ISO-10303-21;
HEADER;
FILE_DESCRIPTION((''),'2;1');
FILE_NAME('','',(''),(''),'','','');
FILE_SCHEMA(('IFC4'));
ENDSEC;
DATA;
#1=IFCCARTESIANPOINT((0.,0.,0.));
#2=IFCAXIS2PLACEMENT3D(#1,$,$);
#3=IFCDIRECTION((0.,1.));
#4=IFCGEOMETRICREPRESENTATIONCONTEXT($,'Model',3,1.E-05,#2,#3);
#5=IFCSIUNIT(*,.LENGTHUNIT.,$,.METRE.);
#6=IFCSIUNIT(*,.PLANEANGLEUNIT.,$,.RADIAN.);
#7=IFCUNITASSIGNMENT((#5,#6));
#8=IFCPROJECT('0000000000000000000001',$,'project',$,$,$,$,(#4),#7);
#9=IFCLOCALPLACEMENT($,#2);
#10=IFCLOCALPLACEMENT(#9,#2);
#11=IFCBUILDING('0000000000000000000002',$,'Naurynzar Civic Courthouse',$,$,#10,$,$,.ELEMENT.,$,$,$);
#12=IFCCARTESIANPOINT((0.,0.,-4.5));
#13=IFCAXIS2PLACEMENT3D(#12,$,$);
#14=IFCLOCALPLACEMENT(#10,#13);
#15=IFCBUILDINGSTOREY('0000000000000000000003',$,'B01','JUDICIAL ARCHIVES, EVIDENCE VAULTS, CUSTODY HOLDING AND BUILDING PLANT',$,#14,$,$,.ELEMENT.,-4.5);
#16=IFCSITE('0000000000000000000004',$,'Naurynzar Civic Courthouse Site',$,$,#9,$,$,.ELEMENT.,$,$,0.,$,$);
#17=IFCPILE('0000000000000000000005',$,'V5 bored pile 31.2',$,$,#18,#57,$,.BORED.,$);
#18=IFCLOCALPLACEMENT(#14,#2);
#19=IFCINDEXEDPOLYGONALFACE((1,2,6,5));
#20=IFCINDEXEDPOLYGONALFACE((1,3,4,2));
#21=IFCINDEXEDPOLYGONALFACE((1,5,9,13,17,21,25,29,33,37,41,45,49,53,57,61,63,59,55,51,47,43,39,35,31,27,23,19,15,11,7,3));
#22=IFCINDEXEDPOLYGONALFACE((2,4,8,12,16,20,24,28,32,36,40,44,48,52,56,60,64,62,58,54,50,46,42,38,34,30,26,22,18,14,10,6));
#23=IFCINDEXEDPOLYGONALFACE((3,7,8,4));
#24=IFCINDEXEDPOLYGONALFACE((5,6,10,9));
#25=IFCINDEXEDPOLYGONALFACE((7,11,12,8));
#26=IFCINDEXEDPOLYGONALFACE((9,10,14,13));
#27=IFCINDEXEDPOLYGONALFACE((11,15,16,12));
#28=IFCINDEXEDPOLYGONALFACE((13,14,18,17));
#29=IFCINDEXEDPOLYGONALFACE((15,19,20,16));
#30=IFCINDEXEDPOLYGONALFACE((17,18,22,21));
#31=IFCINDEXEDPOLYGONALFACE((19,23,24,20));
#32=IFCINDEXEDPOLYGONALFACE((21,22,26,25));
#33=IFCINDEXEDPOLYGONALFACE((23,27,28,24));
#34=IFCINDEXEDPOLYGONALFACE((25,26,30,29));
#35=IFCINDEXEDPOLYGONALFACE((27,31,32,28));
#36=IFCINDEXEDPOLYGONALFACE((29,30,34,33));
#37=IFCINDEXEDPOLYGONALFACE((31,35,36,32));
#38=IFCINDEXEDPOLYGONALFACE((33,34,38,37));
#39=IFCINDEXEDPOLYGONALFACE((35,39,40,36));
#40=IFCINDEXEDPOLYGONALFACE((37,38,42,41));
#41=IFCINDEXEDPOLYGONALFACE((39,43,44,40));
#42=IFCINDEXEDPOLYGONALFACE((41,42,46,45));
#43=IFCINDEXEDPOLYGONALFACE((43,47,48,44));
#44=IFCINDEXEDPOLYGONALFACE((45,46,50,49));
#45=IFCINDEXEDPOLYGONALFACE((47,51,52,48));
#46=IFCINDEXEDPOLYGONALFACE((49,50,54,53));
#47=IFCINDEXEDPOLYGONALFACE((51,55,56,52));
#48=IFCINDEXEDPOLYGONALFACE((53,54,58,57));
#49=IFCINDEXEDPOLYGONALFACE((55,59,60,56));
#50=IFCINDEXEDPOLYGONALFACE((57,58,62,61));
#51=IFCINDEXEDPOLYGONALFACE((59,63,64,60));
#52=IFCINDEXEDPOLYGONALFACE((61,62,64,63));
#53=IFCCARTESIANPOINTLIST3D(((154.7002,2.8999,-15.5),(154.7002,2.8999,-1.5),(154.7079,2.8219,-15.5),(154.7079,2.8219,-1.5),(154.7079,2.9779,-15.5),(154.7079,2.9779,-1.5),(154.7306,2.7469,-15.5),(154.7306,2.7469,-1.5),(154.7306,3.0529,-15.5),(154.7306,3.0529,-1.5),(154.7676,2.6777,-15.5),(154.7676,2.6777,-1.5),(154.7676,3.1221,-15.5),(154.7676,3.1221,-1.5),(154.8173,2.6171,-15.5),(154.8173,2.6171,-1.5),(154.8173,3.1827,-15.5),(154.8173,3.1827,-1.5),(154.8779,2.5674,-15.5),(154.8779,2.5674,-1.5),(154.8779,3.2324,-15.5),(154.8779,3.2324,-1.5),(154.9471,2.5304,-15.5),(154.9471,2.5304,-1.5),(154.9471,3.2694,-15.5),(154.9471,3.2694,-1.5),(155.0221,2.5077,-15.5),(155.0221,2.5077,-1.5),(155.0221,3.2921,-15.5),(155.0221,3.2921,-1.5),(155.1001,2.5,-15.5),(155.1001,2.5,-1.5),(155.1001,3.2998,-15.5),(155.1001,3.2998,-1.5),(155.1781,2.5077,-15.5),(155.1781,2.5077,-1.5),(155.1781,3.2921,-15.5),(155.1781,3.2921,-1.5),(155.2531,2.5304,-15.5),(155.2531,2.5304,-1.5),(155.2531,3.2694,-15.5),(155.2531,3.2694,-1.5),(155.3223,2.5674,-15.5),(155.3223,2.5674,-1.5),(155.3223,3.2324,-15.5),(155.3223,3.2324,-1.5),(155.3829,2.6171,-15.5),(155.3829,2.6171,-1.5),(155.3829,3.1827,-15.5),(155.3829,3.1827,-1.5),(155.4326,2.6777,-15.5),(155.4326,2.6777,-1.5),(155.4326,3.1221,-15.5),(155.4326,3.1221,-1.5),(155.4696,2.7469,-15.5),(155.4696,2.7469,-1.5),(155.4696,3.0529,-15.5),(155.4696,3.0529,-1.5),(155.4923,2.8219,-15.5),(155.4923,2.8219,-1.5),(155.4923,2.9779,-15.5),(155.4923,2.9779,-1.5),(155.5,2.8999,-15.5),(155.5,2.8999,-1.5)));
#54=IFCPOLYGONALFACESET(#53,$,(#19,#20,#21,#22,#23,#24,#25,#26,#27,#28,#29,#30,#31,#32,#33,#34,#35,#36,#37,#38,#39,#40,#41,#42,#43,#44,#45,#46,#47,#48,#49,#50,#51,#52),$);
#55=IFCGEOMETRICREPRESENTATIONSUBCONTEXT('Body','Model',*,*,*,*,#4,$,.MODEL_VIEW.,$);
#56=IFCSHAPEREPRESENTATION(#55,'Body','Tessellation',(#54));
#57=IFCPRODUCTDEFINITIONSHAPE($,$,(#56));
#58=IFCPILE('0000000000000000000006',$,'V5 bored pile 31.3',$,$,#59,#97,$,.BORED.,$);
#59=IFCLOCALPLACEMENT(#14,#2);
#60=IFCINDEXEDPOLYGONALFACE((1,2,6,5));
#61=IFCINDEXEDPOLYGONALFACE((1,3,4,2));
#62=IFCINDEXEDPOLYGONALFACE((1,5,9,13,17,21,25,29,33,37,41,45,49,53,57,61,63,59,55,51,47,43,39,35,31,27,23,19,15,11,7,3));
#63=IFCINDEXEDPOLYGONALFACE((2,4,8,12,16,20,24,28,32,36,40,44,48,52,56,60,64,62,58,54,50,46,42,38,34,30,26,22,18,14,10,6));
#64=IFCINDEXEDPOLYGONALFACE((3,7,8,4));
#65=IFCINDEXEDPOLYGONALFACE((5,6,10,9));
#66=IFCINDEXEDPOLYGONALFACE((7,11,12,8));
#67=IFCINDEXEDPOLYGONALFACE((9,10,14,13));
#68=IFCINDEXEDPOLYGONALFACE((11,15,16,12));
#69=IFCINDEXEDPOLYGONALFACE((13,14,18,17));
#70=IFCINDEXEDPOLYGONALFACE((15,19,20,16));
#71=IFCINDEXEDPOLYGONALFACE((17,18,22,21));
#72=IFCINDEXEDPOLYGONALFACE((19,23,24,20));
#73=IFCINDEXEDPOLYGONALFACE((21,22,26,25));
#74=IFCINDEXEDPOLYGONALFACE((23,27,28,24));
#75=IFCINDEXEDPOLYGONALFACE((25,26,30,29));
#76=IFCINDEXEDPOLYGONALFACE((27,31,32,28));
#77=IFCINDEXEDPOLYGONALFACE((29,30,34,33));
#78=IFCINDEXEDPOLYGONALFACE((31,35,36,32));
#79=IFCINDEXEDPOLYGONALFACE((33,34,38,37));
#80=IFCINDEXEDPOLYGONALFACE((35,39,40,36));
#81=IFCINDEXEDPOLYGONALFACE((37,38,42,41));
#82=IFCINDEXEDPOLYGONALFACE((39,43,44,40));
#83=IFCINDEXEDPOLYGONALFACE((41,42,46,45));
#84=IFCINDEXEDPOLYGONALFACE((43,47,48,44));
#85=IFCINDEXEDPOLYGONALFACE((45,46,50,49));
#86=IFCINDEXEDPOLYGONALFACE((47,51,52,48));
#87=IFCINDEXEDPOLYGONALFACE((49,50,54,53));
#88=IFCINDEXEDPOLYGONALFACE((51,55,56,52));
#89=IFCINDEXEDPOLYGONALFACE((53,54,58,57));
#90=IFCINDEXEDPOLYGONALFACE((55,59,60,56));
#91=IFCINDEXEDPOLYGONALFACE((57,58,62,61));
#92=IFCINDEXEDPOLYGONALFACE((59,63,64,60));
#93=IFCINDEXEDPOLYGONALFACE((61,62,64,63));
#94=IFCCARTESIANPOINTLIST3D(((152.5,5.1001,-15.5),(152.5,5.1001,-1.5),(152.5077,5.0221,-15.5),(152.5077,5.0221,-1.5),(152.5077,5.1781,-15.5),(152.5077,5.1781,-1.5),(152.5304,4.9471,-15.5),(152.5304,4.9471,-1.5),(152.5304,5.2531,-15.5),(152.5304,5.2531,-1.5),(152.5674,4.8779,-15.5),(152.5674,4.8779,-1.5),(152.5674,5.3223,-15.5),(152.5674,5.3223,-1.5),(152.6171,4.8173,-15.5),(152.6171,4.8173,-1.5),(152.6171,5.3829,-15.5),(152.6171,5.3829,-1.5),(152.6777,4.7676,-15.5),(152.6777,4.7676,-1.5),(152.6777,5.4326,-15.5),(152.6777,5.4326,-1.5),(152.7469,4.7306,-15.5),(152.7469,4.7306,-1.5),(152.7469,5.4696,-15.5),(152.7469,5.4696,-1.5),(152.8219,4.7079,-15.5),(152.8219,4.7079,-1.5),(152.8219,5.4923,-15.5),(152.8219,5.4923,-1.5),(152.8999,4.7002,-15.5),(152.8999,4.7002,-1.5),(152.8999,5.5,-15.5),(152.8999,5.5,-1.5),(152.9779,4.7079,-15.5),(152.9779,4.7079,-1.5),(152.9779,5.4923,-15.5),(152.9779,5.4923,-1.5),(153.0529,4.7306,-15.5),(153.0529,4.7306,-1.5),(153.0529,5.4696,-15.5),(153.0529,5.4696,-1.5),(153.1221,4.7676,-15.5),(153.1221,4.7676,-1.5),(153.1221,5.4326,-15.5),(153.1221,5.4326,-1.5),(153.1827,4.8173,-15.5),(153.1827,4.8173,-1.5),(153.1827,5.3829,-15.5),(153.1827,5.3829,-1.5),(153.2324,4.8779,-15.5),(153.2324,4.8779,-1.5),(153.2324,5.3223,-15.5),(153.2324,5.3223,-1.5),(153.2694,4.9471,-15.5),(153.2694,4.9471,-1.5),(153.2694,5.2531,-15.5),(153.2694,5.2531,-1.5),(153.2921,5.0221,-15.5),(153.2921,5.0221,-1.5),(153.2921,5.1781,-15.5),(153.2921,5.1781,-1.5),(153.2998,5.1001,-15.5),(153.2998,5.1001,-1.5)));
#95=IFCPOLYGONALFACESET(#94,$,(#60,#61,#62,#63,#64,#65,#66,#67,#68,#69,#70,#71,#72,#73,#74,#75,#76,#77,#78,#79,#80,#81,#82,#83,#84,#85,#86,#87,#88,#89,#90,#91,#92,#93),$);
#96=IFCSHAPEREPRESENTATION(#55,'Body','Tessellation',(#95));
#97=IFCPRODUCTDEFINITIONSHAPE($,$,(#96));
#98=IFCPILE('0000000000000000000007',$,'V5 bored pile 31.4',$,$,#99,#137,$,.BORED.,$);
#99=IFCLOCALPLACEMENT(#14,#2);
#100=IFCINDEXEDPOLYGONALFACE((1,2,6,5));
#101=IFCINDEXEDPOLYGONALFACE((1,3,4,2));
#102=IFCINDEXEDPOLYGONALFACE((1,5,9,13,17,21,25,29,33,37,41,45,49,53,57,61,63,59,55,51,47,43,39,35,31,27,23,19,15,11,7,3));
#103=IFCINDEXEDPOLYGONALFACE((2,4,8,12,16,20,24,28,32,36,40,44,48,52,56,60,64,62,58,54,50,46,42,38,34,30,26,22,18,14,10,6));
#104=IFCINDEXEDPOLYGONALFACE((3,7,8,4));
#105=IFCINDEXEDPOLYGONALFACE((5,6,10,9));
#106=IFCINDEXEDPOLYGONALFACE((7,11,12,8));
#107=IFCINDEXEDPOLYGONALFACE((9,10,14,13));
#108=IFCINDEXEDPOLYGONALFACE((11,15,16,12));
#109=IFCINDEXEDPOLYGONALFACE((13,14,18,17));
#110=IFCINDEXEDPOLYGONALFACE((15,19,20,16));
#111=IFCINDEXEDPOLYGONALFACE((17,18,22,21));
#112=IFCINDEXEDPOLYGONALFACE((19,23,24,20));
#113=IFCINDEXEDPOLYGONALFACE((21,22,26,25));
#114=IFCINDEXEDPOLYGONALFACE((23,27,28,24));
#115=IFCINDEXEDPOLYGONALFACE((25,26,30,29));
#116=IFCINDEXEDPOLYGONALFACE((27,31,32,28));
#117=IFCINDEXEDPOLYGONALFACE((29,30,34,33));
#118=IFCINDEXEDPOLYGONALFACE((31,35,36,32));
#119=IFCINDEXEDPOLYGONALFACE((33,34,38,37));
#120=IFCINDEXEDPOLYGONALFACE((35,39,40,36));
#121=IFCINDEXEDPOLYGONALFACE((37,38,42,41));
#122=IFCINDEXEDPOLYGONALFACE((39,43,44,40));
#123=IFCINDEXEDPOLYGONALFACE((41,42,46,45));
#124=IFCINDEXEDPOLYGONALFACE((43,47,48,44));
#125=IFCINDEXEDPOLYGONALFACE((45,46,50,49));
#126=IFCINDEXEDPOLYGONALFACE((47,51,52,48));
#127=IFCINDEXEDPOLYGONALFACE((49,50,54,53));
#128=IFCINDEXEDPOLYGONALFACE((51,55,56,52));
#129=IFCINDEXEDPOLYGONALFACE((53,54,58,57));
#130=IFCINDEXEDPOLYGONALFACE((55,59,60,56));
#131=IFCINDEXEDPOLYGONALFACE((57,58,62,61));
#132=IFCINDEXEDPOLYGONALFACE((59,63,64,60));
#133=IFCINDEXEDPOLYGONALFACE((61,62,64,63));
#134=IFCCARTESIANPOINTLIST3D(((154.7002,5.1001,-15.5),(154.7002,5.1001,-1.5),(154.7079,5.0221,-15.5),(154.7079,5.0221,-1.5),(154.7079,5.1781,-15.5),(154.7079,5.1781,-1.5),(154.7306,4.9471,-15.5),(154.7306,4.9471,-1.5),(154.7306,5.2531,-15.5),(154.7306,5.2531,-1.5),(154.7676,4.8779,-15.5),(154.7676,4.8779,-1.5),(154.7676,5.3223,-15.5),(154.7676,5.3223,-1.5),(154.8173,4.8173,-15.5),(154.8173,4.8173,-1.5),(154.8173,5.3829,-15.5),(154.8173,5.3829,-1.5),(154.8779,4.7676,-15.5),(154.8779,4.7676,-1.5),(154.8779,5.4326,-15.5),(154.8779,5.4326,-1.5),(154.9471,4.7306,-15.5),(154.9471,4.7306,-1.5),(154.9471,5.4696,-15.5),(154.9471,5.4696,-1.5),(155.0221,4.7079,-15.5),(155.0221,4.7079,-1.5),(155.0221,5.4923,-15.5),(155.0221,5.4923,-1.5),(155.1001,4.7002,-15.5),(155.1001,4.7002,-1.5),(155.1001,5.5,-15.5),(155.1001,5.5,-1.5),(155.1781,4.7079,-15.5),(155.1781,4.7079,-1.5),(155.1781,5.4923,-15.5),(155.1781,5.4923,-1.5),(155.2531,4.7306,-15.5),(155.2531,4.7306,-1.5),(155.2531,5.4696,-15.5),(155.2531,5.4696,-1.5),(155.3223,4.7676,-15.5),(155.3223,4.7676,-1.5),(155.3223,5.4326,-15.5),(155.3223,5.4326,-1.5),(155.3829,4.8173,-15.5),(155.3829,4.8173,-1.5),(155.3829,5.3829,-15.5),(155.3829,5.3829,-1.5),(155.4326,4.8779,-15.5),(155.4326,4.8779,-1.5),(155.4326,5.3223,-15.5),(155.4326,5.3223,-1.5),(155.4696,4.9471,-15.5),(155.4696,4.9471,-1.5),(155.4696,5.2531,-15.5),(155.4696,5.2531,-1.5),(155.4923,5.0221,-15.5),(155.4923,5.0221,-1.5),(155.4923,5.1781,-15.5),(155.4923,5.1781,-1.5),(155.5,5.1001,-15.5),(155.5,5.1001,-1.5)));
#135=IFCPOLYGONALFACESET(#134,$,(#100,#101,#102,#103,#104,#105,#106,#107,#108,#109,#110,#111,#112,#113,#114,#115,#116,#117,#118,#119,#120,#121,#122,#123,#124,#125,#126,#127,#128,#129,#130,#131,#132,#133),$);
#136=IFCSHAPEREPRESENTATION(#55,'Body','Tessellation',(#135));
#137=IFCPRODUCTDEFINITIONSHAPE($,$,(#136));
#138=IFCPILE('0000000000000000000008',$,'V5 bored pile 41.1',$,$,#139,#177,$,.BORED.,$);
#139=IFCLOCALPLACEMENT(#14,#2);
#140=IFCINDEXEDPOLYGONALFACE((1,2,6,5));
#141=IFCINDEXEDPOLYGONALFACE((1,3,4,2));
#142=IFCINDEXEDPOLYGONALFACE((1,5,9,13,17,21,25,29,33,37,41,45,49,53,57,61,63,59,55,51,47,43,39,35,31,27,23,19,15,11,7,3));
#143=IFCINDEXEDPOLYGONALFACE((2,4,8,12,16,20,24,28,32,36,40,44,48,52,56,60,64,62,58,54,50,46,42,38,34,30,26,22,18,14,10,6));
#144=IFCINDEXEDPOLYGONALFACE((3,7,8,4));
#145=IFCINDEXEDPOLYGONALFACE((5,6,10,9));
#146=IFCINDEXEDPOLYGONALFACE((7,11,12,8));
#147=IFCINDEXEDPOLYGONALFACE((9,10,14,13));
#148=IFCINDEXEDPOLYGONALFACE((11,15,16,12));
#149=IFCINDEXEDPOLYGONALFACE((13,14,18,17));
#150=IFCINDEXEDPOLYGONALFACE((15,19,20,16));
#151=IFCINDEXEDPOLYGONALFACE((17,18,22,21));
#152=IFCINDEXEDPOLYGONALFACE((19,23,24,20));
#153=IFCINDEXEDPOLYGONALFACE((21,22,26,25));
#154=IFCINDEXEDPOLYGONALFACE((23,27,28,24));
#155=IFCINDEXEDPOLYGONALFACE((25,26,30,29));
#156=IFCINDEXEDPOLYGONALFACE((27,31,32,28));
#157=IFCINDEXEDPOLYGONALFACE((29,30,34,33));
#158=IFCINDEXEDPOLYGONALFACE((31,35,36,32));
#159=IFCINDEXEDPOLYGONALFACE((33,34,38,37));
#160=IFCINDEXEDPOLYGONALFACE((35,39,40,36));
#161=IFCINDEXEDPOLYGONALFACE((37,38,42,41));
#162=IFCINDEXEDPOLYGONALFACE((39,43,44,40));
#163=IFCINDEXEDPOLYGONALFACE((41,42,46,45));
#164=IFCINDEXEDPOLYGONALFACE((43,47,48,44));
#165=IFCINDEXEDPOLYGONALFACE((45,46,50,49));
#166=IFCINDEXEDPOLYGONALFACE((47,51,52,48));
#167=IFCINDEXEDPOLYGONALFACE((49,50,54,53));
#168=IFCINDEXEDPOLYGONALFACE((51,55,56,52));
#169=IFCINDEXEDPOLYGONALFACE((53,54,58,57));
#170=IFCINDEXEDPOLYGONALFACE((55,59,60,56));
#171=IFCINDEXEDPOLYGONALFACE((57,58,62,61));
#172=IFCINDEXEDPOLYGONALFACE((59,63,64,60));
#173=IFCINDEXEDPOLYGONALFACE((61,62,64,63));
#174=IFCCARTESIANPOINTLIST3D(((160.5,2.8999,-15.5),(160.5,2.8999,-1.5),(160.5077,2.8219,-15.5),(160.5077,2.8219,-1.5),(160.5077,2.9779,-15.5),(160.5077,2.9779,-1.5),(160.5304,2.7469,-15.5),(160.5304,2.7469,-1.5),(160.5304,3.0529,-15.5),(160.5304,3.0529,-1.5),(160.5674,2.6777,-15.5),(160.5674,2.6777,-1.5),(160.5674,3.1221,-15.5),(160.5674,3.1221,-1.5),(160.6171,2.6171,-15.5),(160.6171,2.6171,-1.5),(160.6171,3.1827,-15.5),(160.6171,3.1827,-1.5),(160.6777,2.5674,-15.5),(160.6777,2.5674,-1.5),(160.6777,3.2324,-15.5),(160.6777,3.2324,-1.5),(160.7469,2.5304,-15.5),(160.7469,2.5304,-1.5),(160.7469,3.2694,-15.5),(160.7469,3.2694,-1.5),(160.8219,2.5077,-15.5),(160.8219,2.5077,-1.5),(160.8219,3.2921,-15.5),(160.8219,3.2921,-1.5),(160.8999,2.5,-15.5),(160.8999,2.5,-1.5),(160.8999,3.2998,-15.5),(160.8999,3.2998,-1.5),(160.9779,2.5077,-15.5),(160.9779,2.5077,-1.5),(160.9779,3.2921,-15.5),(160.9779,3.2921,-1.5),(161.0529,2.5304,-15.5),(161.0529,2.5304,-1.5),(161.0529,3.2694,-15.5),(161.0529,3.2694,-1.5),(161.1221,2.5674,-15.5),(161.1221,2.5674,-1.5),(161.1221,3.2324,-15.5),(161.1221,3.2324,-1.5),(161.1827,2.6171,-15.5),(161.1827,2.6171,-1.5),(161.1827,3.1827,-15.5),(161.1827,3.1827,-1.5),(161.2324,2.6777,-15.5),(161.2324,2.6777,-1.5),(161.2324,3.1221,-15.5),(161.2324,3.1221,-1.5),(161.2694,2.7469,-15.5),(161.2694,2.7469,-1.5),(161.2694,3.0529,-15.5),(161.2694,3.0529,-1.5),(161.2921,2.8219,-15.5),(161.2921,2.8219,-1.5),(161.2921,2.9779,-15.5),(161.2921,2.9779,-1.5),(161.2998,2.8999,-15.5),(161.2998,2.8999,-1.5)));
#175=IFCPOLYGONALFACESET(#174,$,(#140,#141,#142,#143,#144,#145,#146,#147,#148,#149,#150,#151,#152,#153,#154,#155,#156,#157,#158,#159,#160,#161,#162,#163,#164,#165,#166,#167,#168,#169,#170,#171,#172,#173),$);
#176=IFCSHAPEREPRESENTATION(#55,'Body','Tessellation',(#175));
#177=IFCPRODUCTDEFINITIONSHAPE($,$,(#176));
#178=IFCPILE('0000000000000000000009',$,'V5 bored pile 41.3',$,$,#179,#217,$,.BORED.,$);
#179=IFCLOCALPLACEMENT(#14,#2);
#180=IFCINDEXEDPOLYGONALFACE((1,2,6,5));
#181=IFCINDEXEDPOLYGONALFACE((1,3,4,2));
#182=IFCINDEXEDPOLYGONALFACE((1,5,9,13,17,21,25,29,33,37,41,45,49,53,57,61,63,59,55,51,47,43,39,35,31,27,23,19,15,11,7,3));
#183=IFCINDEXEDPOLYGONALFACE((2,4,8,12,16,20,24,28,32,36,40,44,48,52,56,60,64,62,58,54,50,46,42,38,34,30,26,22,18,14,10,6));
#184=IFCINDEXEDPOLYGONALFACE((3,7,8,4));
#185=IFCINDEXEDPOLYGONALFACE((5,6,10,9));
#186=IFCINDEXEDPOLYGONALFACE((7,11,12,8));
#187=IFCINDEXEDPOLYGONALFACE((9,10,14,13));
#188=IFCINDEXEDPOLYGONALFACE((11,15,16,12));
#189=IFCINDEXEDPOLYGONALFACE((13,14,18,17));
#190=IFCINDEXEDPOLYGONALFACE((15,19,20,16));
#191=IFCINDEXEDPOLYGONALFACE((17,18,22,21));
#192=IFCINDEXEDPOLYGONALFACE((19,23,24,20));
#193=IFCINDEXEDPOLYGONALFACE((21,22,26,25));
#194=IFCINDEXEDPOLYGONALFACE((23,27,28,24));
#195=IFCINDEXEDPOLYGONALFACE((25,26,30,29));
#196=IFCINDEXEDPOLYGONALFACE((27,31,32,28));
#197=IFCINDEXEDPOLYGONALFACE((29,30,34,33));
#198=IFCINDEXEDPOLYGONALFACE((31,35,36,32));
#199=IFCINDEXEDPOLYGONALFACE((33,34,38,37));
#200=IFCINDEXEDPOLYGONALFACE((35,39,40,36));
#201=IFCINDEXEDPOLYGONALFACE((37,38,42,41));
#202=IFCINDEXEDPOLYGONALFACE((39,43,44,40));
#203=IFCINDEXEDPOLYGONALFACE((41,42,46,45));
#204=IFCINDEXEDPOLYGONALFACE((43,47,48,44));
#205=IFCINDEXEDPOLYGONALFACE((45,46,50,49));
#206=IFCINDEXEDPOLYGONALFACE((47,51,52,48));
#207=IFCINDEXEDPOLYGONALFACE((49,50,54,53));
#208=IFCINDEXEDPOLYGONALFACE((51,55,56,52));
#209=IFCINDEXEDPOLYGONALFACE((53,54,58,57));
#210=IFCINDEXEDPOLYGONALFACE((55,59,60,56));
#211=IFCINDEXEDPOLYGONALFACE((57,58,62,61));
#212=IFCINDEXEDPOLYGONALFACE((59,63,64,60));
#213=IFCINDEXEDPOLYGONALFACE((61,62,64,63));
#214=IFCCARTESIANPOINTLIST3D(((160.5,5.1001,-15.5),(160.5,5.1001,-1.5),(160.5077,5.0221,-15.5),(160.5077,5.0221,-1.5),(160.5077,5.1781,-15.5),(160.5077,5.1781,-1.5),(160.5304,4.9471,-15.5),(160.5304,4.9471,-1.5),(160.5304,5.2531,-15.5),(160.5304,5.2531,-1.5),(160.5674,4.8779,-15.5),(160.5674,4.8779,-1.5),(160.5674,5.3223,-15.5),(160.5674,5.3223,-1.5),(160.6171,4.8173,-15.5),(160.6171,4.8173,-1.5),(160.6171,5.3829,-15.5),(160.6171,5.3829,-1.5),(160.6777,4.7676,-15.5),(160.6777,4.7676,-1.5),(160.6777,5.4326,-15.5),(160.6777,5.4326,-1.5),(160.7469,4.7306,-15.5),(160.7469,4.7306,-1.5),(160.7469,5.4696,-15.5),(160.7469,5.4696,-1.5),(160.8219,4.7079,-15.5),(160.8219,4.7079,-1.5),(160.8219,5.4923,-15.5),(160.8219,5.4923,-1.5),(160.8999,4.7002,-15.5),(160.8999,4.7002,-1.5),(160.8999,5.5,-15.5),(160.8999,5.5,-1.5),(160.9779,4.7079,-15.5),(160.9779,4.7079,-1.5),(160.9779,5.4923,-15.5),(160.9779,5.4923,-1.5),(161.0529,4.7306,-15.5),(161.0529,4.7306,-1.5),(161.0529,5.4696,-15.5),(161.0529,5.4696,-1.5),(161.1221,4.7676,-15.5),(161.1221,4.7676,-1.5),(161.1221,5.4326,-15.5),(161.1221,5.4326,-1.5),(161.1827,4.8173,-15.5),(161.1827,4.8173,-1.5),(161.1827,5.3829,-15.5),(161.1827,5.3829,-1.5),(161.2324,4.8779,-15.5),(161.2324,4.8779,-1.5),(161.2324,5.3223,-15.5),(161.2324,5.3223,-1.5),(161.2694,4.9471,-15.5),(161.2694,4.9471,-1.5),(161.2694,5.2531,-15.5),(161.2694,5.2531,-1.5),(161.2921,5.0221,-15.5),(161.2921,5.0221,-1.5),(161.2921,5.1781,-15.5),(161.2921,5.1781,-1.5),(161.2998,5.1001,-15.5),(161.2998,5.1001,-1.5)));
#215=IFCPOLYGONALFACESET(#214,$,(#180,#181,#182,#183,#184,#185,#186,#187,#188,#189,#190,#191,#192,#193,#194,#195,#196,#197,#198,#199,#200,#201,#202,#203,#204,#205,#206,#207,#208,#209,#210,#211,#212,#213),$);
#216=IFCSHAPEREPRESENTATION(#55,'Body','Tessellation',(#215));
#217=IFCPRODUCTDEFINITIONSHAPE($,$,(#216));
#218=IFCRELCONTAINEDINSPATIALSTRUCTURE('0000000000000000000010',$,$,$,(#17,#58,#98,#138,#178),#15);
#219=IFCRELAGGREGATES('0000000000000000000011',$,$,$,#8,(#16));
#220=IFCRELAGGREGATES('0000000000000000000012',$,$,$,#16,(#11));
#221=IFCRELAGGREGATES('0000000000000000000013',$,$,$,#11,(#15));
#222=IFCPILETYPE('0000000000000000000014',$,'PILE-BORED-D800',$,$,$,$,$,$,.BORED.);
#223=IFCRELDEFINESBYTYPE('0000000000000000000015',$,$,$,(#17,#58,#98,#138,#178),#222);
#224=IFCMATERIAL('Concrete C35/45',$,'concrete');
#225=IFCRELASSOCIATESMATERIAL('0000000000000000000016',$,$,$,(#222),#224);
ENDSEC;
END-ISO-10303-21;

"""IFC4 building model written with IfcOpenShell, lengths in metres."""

from ifc_helpers import new_model, si_unit, direction, frame, origin, origin_2d, place, context, subcontext, project, spatial, circle, extrude, material, material_profile, profile_set, type_object, element, save


model = new_model("IFC4")

# Units and contexts
model_context = context("Model", 3, precision=1e-05, world=origin(), true_north=direction((0.0, 1.0)))
body_context = subcontext(model_context, "Body", "Model", "MODEL_VIEW")
ifc_project = project(units=[si_unit("LENGTHUNIT", "METRE"), si_unit("PLANEANGLEUNIT", "RADIAN")], contexts=[model_context])

# Site, building, storey
site_placement = place(None, origin())
site = spatial("IfcSite", under=ifc_project, at=site_placement, Name="Naurynzar Civic Courthouse Site", CompositionType="ELEMENT", RefElevation=0.0)
building_placement = place(site_placement, origin())
building = spatial("IfcBuilding", under=site, at=building_placement, Name="Naurynzar Civic Courthouse", CompositionType="ELEMENT")
storey_placement = place(building_placement, frame((0.0, 0.0, -4.5)))
storey = spatial("IfcBuildingStorey", under=building, at=storey_placement, Name="B01", Description="JUDICIAL ARCHIVES, EVIDENCE VAULTS, CUSTODY HOLDING AND BUILDING PLANT", CompositionType="ELEMENT", Elevation=-4.5)

# Piles
ifc_material_1 = material(Name="Concrete C35/45", Category="concrete")
ifc_material_profile_1 = material_profile(ifc_material_1, circle(Radius=0.3999, at=origin_2d()), Name="PILE D800")
ifc_profile_set_1 = profile_set([ifc_material_profile_1], Name="Concrete C35/45")
pile_type_1 = type_object("IfcPileType", Name="PILE-BORED-D800", PredefinedType="BORED", material=ifc_profile_set_1)
for number, where, z_axis, x_axis, name in (
    (1, (155.1001, 2.8999, -1.5), (0.0, 0.0, -1.0), (1.0, 0.0, 0.0), "V5 bored pile 31.2"),
    (2, (152.8999, 5.1001, -1.5), (0.0, 0.0, -1.0), (1.0, 0.0, 0.0), "V5 bored pile 31.3"),
    (3, (155.1001, 5.1001, -1.5), (0.0, 0.0, -1.0), (1.0, 0.0, 0.0), "V5 bored pile 31.4"),
    (4, (160.8999, 2.8999, -1.5), (0.0, 0.0, -1.0), (1.0, 0.0, 0.0), "V5 bored pile 41.1"),
    (5, (160.8999, 5.1001, -1.5), (0.0, 0.0, -1.0), (1.0, 0.0, 0.0), "V5 bored pile 41.3"),
):
    element("IfcPile", number, at=place(storey_placement, frame(where, z_axis=z_axis, x_axis=x_axis)), inside=storey, type_object=pile_type_1, Name=name, PredefinedType="BORED", context=body_context, shape_type="SweptSolid", body=[
        extrude(circle(Radius=0.3999, at=origin_2d()), origin(), (0.0, 0.0, 1.0), 14.0),
    ])

save(model, "model.ifc")
